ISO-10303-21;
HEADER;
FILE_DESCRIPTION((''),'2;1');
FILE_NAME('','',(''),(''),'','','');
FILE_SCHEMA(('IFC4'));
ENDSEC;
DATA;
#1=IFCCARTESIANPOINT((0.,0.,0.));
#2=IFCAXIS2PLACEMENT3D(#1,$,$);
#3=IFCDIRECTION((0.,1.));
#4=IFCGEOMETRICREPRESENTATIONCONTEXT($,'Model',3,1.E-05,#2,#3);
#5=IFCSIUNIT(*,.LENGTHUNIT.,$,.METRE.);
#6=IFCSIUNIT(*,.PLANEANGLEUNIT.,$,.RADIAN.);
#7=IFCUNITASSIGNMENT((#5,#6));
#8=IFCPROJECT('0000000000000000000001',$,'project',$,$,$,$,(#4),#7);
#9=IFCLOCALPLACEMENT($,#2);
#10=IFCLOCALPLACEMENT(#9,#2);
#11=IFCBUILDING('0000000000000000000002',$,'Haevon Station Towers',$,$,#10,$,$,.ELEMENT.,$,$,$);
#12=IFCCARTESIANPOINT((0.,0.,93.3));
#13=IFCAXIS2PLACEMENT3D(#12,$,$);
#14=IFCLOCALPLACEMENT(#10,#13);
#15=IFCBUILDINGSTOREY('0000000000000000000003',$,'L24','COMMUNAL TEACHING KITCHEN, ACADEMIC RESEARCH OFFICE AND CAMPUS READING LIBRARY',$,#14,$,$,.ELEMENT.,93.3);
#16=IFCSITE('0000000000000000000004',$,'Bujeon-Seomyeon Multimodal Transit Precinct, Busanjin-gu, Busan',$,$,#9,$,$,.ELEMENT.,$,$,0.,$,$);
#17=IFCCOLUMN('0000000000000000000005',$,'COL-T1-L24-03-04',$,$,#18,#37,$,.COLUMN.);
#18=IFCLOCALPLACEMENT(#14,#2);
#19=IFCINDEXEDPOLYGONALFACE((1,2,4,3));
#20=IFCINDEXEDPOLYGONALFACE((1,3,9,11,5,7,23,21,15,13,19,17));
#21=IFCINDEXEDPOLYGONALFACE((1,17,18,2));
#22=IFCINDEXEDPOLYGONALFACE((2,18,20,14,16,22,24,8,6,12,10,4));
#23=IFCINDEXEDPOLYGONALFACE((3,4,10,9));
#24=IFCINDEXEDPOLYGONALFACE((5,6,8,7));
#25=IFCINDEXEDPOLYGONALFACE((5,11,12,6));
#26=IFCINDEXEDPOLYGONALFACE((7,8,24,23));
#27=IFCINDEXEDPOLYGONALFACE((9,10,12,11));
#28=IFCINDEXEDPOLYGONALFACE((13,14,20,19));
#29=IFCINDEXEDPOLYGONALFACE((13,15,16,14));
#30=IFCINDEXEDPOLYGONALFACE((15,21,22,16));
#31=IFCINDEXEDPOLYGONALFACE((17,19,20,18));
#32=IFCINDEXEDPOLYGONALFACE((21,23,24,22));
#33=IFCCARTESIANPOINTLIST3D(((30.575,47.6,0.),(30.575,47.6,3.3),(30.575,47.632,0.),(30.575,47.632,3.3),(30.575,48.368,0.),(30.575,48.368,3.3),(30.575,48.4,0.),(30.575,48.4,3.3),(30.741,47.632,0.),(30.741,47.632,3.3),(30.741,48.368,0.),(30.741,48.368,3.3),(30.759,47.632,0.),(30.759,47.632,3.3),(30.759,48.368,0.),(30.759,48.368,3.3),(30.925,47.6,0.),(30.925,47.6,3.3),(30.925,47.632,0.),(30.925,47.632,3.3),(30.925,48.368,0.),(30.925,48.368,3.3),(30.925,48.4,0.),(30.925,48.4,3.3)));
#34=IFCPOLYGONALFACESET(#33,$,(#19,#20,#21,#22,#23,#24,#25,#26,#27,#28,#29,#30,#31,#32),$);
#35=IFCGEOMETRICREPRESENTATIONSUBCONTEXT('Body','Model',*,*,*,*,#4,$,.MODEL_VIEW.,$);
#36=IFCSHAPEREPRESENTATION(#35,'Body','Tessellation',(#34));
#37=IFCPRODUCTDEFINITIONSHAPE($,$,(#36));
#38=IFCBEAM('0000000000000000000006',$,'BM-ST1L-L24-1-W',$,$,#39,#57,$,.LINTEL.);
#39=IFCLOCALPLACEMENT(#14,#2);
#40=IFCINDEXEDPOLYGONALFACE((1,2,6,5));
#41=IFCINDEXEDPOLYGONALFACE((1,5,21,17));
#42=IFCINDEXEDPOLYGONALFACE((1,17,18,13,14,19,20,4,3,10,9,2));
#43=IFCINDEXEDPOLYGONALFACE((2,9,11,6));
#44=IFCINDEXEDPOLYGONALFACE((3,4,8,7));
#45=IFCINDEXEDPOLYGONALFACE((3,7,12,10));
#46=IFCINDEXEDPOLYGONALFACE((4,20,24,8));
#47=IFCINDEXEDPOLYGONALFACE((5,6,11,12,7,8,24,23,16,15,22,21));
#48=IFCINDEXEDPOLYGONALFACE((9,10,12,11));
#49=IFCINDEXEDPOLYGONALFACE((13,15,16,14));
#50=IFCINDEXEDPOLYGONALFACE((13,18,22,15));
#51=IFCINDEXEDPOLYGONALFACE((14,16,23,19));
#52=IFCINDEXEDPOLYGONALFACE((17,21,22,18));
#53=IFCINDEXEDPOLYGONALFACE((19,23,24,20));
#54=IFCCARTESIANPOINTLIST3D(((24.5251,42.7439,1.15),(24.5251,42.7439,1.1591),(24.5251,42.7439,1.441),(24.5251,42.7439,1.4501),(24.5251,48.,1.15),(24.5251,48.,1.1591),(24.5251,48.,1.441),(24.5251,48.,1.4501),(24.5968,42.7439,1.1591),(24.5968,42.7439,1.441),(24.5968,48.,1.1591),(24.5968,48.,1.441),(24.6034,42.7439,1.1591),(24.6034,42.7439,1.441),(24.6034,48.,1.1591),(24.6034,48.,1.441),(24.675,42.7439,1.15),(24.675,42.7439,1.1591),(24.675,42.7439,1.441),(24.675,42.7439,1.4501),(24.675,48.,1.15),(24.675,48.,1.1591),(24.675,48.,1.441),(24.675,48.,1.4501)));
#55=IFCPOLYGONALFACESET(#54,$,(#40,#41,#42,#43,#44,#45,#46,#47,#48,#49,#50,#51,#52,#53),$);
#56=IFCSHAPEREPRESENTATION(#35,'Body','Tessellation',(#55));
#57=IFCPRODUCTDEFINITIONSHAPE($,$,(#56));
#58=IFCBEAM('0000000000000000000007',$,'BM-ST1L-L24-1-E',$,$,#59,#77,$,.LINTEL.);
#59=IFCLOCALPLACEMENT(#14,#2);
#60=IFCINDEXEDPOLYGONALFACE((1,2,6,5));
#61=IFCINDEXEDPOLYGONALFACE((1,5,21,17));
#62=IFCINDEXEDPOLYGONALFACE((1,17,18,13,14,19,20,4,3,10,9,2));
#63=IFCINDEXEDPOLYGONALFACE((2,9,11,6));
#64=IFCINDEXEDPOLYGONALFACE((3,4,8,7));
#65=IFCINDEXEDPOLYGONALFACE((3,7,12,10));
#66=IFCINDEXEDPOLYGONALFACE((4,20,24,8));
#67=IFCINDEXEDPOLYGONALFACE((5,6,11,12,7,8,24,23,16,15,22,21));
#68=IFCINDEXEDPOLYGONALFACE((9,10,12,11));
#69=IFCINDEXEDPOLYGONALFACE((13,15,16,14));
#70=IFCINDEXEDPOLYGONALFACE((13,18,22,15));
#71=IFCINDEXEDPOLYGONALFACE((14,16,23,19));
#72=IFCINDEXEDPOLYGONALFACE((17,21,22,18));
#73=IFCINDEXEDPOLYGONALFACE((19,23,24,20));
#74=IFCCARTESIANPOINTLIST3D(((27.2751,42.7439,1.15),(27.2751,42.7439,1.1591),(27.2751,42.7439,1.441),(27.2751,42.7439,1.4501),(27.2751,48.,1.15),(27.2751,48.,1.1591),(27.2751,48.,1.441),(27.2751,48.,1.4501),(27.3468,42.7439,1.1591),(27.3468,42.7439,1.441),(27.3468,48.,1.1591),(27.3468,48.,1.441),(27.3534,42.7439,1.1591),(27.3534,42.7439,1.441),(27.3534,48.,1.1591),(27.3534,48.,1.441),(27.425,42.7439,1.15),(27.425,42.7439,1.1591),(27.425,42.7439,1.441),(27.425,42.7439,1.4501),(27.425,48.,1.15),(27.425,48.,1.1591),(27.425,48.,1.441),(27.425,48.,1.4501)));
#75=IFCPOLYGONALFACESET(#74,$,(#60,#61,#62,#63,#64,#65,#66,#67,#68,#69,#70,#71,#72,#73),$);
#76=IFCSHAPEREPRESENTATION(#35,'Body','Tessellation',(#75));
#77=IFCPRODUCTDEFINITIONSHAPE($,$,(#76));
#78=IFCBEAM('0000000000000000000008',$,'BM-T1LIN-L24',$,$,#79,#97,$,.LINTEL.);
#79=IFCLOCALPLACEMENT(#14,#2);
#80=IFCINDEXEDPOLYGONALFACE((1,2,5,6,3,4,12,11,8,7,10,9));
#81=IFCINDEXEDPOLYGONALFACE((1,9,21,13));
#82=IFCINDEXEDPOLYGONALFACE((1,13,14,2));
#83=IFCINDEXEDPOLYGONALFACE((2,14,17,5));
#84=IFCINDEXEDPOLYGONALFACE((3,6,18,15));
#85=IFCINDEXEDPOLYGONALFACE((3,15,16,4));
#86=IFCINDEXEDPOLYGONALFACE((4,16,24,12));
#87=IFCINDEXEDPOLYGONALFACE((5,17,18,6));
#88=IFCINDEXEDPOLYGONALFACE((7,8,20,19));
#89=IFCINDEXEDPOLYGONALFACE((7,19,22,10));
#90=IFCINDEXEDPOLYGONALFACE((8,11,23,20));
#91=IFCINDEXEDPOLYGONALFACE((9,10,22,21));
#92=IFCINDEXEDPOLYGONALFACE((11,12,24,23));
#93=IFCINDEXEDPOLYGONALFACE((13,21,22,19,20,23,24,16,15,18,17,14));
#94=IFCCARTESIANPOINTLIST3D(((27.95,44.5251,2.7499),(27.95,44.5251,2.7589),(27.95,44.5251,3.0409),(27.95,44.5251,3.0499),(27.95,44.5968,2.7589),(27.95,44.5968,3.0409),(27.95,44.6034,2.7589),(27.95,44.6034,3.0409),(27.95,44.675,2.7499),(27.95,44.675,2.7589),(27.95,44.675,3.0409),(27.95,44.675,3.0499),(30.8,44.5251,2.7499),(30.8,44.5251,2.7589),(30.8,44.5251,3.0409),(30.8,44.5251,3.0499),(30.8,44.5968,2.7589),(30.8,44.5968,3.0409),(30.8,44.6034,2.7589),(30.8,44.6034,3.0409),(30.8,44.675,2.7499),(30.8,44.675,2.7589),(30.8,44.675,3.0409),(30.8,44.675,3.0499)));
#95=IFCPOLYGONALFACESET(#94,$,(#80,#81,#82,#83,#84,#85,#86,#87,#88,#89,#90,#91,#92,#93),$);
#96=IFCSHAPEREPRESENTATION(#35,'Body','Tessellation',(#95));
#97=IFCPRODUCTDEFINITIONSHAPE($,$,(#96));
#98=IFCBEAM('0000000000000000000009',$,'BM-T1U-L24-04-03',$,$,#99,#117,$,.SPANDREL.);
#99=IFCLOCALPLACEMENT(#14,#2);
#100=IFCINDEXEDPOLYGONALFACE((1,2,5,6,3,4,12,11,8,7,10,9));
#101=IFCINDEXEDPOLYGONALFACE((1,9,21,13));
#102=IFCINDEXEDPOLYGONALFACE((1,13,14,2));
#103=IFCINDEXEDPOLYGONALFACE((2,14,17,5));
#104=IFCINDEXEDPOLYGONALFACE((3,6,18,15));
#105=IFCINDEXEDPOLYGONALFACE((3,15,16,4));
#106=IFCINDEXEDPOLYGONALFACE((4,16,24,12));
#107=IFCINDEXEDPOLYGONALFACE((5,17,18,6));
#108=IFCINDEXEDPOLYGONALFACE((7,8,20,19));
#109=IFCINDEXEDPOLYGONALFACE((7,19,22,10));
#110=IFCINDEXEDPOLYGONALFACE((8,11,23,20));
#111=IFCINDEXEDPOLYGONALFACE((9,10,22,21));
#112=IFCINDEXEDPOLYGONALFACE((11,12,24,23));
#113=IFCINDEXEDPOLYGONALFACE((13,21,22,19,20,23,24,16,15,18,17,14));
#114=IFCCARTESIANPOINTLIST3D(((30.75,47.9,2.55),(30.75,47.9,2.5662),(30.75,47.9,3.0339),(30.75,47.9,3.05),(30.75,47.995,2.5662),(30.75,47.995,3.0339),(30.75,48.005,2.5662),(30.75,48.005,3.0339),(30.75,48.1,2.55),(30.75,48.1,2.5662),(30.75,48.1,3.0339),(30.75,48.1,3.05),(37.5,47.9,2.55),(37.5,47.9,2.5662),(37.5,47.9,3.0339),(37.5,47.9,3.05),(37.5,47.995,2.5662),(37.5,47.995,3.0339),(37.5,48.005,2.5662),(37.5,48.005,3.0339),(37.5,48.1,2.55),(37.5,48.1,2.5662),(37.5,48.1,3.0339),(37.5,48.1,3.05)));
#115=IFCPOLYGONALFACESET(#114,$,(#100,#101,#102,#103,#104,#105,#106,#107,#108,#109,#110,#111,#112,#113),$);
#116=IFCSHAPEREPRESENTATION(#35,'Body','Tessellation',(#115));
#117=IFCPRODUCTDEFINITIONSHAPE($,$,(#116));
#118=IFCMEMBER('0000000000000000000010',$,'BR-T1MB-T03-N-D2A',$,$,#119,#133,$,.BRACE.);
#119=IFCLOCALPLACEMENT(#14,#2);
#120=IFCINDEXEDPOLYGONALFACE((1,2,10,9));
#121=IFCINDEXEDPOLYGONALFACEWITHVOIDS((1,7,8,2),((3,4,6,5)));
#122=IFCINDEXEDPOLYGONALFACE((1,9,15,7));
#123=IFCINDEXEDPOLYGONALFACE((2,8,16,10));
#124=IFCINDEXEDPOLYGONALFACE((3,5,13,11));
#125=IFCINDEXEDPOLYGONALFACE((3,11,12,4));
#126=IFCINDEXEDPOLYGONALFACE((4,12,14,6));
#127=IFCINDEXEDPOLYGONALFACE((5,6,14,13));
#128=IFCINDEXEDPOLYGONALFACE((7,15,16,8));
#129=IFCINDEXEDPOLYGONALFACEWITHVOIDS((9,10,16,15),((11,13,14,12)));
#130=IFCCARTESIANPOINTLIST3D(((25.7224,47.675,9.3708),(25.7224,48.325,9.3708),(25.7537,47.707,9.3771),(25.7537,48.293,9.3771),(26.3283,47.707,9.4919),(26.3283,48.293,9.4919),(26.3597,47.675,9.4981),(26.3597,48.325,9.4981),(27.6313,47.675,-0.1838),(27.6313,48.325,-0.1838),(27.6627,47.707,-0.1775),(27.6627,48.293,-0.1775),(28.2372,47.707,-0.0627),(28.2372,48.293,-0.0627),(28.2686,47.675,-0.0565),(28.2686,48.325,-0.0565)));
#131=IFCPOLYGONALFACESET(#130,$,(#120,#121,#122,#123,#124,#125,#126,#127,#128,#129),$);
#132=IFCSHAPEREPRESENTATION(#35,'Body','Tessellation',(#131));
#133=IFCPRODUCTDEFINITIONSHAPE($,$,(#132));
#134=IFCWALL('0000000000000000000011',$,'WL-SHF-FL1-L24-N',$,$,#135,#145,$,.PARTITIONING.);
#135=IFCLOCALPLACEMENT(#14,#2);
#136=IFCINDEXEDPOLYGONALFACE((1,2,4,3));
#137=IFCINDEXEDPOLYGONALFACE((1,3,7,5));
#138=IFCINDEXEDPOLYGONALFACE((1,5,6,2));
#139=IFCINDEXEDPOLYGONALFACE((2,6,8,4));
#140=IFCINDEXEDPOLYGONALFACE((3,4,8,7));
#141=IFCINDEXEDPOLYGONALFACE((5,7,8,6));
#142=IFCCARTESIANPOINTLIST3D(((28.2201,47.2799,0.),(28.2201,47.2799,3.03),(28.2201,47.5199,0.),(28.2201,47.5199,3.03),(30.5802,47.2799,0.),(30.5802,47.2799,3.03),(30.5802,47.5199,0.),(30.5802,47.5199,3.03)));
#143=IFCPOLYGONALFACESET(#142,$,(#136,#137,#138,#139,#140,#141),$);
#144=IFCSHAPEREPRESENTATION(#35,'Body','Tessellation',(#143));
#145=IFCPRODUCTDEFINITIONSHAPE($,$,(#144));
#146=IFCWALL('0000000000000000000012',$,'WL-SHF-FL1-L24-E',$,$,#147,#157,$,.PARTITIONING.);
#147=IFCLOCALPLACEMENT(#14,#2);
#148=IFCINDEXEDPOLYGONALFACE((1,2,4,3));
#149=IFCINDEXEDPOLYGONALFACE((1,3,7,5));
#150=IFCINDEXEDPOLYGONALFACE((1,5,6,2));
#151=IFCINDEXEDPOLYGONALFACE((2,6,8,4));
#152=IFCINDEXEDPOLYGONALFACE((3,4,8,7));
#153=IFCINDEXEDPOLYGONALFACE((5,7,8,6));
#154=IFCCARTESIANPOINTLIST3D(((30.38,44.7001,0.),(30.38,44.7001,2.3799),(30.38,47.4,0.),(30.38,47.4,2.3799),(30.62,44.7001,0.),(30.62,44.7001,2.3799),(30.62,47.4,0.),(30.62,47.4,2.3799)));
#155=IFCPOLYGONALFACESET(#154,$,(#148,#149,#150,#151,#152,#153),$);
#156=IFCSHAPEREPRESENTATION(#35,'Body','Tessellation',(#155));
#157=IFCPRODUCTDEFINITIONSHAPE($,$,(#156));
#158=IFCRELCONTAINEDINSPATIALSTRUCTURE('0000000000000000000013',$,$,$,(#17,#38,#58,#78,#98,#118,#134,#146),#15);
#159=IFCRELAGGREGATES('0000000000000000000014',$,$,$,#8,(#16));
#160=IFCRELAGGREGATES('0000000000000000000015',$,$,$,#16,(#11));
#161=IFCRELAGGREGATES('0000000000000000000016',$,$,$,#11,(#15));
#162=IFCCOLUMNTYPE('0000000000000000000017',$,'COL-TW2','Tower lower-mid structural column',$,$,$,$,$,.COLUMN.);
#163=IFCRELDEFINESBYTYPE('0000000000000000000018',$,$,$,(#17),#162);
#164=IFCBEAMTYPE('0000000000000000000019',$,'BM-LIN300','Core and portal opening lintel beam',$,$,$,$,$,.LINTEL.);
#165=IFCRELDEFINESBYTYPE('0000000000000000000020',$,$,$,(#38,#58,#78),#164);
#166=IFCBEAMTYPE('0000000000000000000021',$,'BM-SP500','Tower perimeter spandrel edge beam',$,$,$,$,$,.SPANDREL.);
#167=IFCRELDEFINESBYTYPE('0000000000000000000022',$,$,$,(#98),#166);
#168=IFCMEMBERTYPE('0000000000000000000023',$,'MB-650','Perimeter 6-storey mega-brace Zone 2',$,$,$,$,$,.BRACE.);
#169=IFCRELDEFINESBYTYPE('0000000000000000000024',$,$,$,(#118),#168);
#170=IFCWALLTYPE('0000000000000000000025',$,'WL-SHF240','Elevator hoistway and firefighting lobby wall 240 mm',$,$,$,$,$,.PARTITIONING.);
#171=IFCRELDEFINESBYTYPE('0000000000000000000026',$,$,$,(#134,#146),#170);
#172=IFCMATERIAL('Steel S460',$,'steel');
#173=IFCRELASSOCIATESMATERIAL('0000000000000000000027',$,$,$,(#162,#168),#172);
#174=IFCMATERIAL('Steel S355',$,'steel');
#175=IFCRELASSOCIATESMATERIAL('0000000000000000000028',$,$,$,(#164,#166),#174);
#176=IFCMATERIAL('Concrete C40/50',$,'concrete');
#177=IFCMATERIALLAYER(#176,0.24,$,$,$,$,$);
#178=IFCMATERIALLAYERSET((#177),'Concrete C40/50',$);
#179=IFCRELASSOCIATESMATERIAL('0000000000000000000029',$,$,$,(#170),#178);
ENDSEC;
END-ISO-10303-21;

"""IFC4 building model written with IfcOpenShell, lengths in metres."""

from ifc_helpers import new_model, si_unit, direction, frame, frame_2d, origin, origin_2d, place, context, subcontext, project, spatial, rectangle, hollow_rectangle, i_section, extrude, material, layer, layer_set, material_profile, profile_set, type_object, element, save


model = new_model("IFC4")

# Units and contexts
model_context = context("Model", 3, precision=1e-05, world=origin(), true_north=direction((0.0, 1.0)))
body_context = subcontext(model_context, "Body", "Model", "MODEL_VIEW")
ifc_project = project(units=[si_unit("LENGTHUNIT", "METRE"), si_unit("PLANEANGLEUNIT", "RADIAN")], contexts=[model_context])

# Site, building, storey
site_placement = place(None, origin())
site = spatial("IfcSite", under=ifc_project, at=site_placement, Name="Bujeon-Seomyeon Multimodal Transit Precinct, Busanjin-gu, Busan", CompositionType="ELEMENT", RefElevation=0.0)
building_placement = place(site_placement, origin())
building = spatial("IfcBuilding", under=site, at=building_placement, Name="Haevon Station Towers", CompositionType="ELEMENT")
storey_placement = place(building_placement, frame((0.0, 0.0, 93.3)))
storey = spatial("IfcBuildingStorey", under=building, at=storey_placement, Name="L24", Description="COMMUNAL TEACHING KITCHEN, ACADEMIC RESEARCH OFFICE AND CAMPUS READING LIBRARY", CompositionType="ELEMENT", Elevation=93.3)

# Column
ifc_material_1 = material(Name="Steel S460", Category="steel")
ifc_material_profile_1 = material_profile(ifc_material_1, i_section(OverallWidth=0.3501, OverallDepth=0.8, WebThickness=0.0181, FlangeThickness=0.032, at=origin_2d()), Name="H-800x350x18x32")
ifc_profile_set_1 = profile_set([ifc_material_profile_1], Name="Steel S460")
column_type = type_object("IfcColumnType", Name="COL-TW2", Description="Tower lower-mid structural column", PredefinedType="COLUMN", material=ifc_profile_set_1)
column_placement = place(storey_placement, frame((30.75, 48.0, 0.0), z_axis=(0.0, 0.0, 1.0), x_axis=(1.0, 0.0, 0.0)))
element("IfcColumn", 1, at=column_placement, inside=storey, type_object=column_type, Name="COL-T1-L24-03-04", PredefinedType="COLUMN", context=body_context, shape_type="SweptSolid", body=[
    extrude(i_section(OverallWidth=0.3501, OverallDepth=0.8, WebThickness=0.0181, FlangeThickness=0.032, at=origin_2d()), origin(), (0.0, 0.0, 1.0), 3.3),
])

# Beams
ifc_material_2 = material(Name="Steel S355", Category="steel")
ifc_material_profile_2 = material_profile(ifc_material_2, i_section(OverallWidth=0.1499, OverallDepth=0.3, WebThickness=0.0066, FlangeThickness=0.009, at=origin_2d()), Name="H-300x150x6.5x9")
ifc_profile_set_2 = profile_set([ifc_material_profile_2], Name="Steel S355")
beam_type_1 = type_object("IfcBeamType", Name="BM-LIN300", Description="Core and portal opening lintel beam", PredefinedType="LINTEL", material=ifc_profile_set_2)
for number, where, z_axis, x_axis, name in (
    (2, (24.6001, 42.7439, 1.3), (0.0, 1.0, 0.0), (-1.0, 0.0, 0.0), "BM-ST1L-L24-1-W"),
    (3, (27.3501, 42.7439, 1.3), (0.0, 1.0, 0.0), (-1.0, 0.0, 0.0), "BM-ST1L-L24-1-E"),
):
    element("IfcBeam", number, at=place(storey_placement, frame(where, z_axis=z_axis, x_axis=x_axis)), inside=storey, type_object=beam_type_1, Name=name, PredefinedType="LINTEL", context=body_context, shape_type="SweptSolid", body=[
        extrude(i_section(OverallWidth=0.1499, OverallDepth=0.3, WebThickness=0.0066, FlangeThickness=0.009, at=origin_2d()), origin(), (0.0, 0.0, 1.0), 5.2561),
    ])
beam_1_placement = place(storey_placement, frame((27.95, 44.6001, 2.8999), z_axis=(1.0, 0.0, 0.0), x_axis=(0.0, 1.0, 0.0)))
element("IfcBeam", 4, at=beam_1_placement, inside=storey, type_object=beam_type_1, Name="BM-T1LIN-L24", PredefinedType="LINTEL", context=body_context, shape_type="SweptSolid", body=[
    extrude(i_section(OverallWidth=0.1499, OverallDepth=0.3, WebThickness=0.0066, FlangeThickness=0.009, at=origin_2d()), origin(), (0.0, 0.0, 1.0), 2.8501),
])
ifc_material_profile_3 = material_profile(ifc_material_2, i_section(OverallWidth=0.2, OverallDepth=0.5, WebThickness=0.01, FlangeThickness=0.0161, at=origin_2d()), Name="H-500x200x10x16")
ifc_profile_set_3 = profile_set([ifc_material_profile_3], Name="Steel S355")
beam_type_2 = type_object("IfcBeamType", Name="BM-SP500", Description="Tower perimeter spandrel edge beam", PredefinedType="SPANDREL", material=ifc_profile_set_3)
beam_2_placement = place(storey_placement, frame((30.75, 48.0, 2.8), z_axis=(1.0, 0.0, 0.0), x_axis=(0.0, 1.0, 0.0)))
element("IfcBeam", 5, at=beam_2_placement, inside=storey, type_object=beam_type_2, Name="BM-T1U-L24-04-03", PredefinedType="SPANDREL", context=body_context, shape_type="SweptSolid", body=[
    extrude(i_section(OverallWidth=0.2, OverallDepth=0.5, WebThickness=0.01, FlangeThickness=0.0161, at=origin_2d()), origin(), (0.0, 0.0, 1.0), 6.75),
])

# Member
ifc_material_profile_4 = material_profile(ifc_material_1, hollow_rectangle(XDim=0.6499, YDim=0.6499, WallThickness=0.032, at=origin_2d()), Name="RHS-650x650x32")
ifc_profile_set_4 = profile_set([ifc_material_profile_4], Name="Steel S460")
member_type = type_object("IfcMemberType", Name="MB-650", Description="Perimeter 6-storey mega-brace Zone 2", PredefinedType="BRACE", material=ifc_profile_set_4)
member_placement = place(storey_placement, frame((27.95, 48.0, -0.1201), z_axis=(-0.195919, 0.0, 0.98062), x_axis=(0.0, -1.0, 0.0)))
element("IfcMember", 6, at=member_placement, inside=storey, type_object=member_type, Name="BR-T1MB-T03-N-D2A", PredefinedType="BRACE", context=body_context, shape_type="SweptSolid", body=[
    extrude(hollow_rectangle(XDim=0.6499, YDim=0.6499, WallThickness=0.032, at=origin_2d()), origin(), (0.0, 0.0, 1.0), 9.7434),
])

# Shared definitions
ifc_material_3 = material(Name="Concrete C40/50", Category="concrete")
ifc_layer = layer(ifc_material_3, 0.24)
ifc_layer_set = layer_set([ifc_layer], Name="Concrete C40/50")
wall_type = type_object("IfcWallType", Name="WL-SHF240", Description="Elevator hoistway and firefighting lobby wall 240 mm", PredefinedType="PARTITIONING", material=ifc_layer_set)

# Walls
wall_1_placement = place(storey_placement, frame((28.22, 47.3999, 0.0), z_axis=(0.0, 0.0, 1.0), x_axis=(1.0, 0.0, 0.0)))
element("IfcWall", 7, at=wall_1_placement, inside=storey, type_object=wall_type, Name="WL-SHF-FL1-L24-N", PredefinedType="PARTITIONING", context=body_context, shape_type="SweptSolid", body=[
    extrude(rectangle(XDim=2.3601, YDim=0.24, at=frame_2d((1.1802, 0.0))), origin(), (0.0, 0.0, 1.0), 3.03),
])
wall_2_placement = place(storey_placement, frame((30.5, 44.7, 0.0), z_axis=(0.0, 0.0, 1.0), x_axis=(0.0, 1.0, 0.0)))
element("IfcWall", 8, at=wall_2_placement, inside=storey, type_object=wall_type, Name="WL-SHF-FL1-L24-E", PredefinedType="PARTITIONING", context=body_context, shape_type="SweptSolid", body=[
    extrude(rectangle(XDim=2.7, YDim=0.24, at=frame_2d((1.3501, 0.0))), origin(), (0.0, 0.0, 1.0), 2.3799),
])

save(model, "model.ifc")
